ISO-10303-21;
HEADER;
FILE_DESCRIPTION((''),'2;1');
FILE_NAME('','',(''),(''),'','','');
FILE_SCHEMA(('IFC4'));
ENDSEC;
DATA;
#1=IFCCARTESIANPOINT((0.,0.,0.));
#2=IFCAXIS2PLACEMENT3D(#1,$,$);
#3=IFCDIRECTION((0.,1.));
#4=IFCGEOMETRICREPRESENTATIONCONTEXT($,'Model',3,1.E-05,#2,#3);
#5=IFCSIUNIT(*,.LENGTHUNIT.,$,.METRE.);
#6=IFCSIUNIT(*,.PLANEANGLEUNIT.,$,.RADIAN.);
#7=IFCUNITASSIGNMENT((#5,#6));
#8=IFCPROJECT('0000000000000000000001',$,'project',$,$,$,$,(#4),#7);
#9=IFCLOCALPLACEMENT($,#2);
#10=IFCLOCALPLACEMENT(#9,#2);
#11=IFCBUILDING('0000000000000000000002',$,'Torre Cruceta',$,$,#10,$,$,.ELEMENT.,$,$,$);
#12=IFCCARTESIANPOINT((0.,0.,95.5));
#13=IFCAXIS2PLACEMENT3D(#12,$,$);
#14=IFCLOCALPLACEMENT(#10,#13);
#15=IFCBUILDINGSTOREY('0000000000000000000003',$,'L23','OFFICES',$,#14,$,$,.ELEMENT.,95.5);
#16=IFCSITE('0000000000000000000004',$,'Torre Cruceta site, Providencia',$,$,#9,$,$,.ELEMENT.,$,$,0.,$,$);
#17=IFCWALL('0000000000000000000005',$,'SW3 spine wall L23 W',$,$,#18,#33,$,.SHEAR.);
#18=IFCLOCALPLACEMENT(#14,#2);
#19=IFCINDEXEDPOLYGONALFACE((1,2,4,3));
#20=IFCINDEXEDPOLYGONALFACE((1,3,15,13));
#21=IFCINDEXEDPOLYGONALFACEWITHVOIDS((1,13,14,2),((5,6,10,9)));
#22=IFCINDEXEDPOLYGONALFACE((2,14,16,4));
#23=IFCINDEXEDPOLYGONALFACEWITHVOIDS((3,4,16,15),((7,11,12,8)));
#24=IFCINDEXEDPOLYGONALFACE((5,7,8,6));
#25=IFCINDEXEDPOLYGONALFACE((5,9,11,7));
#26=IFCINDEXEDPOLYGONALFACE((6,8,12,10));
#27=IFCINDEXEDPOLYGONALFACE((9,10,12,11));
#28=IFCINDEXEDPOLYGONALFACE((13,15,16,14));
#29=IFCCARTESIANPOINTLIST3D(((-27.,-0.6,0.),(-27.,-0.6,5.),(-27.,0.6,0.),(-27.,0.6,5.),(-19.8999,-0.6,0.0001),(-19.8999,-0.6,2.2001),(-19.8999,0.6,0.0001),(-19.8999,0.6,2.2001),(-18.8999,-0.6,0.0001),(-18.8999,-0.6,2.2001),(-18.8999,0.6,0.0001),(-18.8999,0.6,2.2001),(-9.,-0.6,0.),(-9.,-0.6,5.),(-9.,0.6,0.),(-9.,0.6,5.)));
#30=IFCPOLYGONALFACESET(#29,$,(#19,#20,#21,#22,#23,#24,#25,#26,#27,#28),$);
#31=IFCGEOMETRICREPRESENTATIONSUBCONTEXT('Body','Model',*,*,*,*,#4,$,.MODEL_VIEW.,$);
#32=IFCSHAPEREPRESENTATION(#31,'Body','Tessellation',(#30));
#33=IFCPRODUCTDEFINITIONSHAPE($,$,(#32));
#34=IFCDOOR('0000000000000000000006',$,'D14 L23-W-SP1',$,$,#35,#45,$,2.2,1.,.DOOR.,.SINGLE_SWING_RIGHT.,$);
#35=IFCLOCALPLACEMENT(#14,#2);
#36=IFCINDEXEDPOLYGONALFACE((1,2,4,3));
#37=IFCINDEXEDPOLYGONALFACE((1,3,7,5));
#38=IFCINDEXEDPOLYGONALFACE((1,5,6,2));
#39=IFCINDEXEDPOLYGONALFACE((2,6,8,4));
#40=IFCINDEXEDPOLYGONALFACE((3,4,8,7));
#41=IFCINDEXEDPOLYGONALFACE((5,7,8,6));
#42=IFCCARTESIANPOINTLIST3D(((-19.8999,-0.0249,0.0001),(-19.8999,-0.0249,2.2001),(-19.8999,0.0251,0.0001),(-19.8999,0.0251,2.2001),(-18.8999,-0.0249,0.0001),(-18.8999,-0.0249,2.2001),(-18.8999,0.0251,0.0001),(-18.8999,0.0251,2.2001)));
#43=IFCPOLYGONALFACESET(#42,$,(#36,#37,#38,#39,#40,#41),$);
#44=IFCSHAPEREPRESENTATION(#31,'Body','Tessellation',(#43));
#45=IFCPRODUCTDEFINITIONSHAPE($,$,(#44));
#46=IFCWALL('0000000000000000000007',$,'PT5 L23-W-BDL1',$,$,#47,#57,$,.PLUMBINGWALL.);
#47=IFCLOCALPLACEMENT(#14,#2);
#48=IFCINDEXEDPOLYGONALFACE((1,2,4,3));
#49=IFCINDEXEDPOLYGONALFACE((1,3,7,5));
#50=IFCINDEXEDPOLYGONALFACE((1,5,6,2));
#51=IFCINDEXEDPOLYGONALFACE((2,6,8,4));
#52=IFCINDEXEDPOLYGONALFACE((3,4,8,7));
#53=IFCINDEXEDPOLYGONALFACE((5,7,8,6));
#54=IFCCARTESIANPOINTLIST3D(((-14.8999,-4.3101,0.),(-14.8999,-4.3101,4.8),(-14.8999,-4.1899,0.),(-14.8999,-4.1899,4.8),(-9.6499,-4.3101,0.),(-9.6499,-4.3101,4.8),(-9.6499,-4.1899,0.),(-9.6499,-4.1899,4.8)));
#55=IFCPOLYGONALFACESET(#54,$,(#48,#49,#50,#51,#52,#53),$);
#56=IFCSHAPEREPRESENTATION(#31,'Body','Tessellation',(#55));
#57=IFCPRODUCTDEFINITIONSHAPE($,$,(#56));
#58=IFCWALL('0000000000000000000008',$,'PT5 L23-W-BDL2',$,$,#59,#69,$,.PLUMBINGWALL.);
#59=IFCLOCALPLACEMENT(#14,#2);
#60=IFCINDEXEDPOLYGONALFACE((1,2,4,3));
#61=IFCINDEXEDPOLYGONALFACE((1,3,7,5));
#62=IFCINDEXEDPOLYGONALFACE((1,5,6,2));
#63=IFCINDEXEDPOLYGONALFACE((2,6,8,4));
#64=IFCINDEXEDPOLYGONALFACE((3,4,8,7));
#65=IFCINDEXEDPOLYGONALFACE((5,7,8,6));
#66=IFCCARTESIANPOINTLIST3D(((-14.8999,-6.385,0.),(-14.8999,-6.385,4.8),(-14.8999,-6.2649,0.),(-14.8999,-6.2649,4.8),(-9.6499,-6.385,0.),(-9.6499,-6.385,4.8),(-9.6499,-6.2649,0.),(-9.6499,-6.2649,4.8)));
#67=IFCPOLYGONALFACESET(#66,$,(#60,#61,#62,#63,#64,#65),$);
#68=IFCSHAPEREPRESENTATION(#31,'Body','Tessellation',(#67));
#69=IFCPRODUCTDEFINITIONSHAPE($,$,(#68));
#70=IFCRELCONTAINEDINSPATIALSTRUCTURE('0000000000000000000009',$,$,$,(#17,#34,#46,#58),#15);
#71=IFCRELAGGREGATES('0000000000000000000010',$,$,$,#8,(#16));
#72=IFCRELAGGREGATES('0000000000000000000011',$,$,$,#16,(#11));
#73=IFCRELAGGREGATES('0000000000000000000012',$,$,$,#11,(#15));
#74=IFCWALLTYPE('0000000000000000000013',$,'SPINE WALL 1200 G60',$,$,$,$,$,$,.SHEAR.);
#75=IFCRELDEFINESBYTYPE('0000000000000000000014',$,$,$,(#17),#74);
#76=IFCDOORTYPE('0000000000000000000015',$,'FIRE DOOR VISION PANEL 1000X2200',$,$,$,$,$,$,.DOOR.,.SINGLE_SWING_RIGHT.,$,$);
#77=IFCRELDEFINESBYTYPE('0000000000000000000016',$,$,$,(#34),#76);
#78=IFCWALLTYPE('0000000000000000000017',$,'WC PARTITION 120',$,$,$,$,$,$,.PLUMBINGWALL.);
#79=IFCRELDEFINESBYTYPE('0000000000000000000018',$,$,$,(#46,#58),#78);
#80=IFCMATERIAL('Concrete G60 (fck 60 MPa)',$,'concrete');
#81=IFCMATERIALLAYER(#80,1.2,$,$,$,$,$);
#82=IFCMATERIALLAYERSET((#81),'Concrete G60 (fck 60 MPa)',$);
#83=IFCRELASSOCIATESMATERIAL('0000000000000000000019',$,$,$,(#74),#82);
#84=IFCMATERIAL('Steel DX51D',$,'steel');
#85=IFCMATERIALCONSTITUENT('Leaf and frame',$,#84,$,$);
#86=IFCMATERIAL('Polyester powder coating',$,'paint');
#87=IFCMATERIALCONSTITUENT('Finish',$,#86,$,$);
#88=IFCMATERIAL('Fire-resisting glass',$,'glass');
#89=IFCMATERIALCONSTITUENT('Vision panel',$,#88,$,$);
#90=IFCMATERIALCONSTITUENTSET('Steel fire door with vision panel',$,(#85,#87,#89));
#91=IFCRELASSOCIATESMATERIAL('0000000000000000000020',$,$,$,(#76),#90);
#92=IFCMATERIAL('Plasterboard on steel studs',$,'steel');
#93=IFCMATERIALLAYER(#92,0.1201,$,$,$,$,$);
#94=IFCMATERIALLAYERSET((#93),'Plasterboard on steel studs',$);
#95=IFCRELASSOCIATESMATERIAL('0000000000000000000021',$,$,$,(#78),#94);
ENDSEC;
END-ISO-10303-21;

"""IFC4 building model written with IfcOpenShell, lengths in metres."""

from ifc_helpers import new_model, si_unit, direction, frame, frame_2d, origin, place, context, subcontext, project, spatial, rectangle, extrude, material, layer, layer_set, constituent, constituent_set, type_object, element, fill, save


model = new_model("IFC4")

# Units and contexts
model_context = context("Model", 3, precision=1e-05, world=origin(), true_north=direction((0.0, 1.0)))
body_context = subcontext(model_context, "Body", "Model", "MODEL_VIEW")
ifc_project = project(units=[si_unit("LENGTHUNIT", "METRE"), si_unit("PLANEANGLEUNIT", "RADIAN")], contexts=[model_context])

# Site, building, storey
site_placement = place(None, origin())
site = spatial("IfcSite", under=ifc_project, at=site_placement, Name="Torre Cruceta site, Providencia", CompositionType="ELEMENT", RefElevation=0.0)
building_placement = place(site_placement, origin())
building = spatial("IfcBuilding", under=site, at=building_placement, Name="Torre Cruceta", CompositionType="ELEMENT")
storey_placement = place(building_placement, frame((0.0, 0.0, 95.5)))
storey = spatial("IfcBuildingStorey", under=building, at=storey_placement, Name="L23", Description="OFFICES", CompositionType="ELEMENT", Elevation=95.5)

# Wall, opening, door
ifc_material_1 = material(Name="Concrete G60 (fck 60 MPa)", Category="concrete")
ifc_layer_1 = layer(ifc_material_1, 1.2)
ifc_layer_set_1 = layer_set([ifc_layer_1], Name="Concrete G60 (fck 60 MPa)")
wall_type_1 = type_object("IfcWallType", Name="SPINE WALL 1200 G60", PredefinedType="SHEAR", material=ifc_layer_set_1)
wall_1_placement = place(storey_placement, frame((-9.0, 0.0, 0.0), z_axis=(0.0, 0.0, 1.0), x_axis=(-1.0, 0.0, 0.0)))
wall_1 = element("IfcWall", 1, at=wall_1_placement, inside=storey, type_object=wall_type_1, Name="SW3 spine wall L23 W", PredefinedType="SHEAR", context=body_context, shape_type="SweptSolid", body=[
    extrude(rectangle(XDim=18.0, YDim=1.2, at=frame_2d((9.0, 0.0))), origin(), (0.0, 0.0, 1.0), 5.0),
])
opening_1_placement = place(wall_1_placement, frame((9.8999, 0.0, 0.0)))
opening_1 = element("IfcOpeningElement", 2, at=opening_1_placement, cuts=wall_1, PredefinedType="OPENING", context=body_context, shape_type="SweptSolid", body=[
    extrude(rectangle(XDim=1.0, YDim=2.2, at=frame_2d((0.5, 1.1001))), frame((0.0, 0.6099, 0.0), z_axis=(0.0, -1.0, 0.0), x_axis=(1.0, 0.0, 0.0)), (0.0, 0.0, 1.0), 1.22),
])
ifc_material_2 = material(Name="Steel DX51D", Category="steel")
ifc_constituent_1 = constituent(ifc_material_2, Name="Leaf and frame")
ifc_material_3 = material(Name="Polyester powder coating", Category="paint")
ifc_constituent_2 = constituent(ifc_material_3, Name="Finish")
ifc_material_4 = material(Name="Fire-resisting glass", Category="glass")
ifc_constituent_3 = constituent(ifc_material_4, Name="Vision panel")
ifc_constituent_set_1 = constituent_set(constituents=[ifc_constituent_1, ifc_constituent_2, ifc_constituent_3], Name="Steel fire door with vision panel")
door_type_1 = type_object("IfcDoorType", Name="FIRE DOOR VISION PANEL 1000X2200", OperationType="SINGLE_SWING_RIGHT", PredefinedType="DOOR", material=ifc_constituent_set_1)
door_1_placement = place(opening_1_placement, origin())
door_1 = element("IfcDoor", 3, at=door_1_placement, inside=storey, type_object=door_type_1, Name="D14 L23-W-SP1", OperationType="SINGLE_SWING_RIGHT", OverallHeight=2.2, OverallWidth=1.0, PredefinedType="DOOR", context=body_context, shape_type="SweptSolid", body=[
    extrude(rectangle(XDim=1.0, YDim=2.2, at=frame_2d((0.5, 1.1001))), frame((0.0, 0.0249, 0.0), z_axis=(0.0, -1.0, 0.0), x_axis=(1.0, 0.0, 0.0)), (0.0, 0.0, 1.0), 0.05),
])
fill(opening_1, door_1)

# Walls
ifc_material_5 = material(Name="Plasterboard on steel studs", Category="steel")
ifc_layer_2 = layer(ifc_material_5, 0.1201)
ifc_layer_set_2 = layer_set([ifc_layer_2], Name="Plasterboard on steel studs")
wall_type_2 = type_object("IfcWallType", Name="WC PARTITION 120", PredefinedType="PLUMBINGWALL", material=ifc_layer_set_2)
for number, where, z_axis, x_axis, name in (
    (4, (-9.6499, -4.25, 0.0), (0.0, 0.0, 1.0), (-1.0, 0.0, 0.0), "PT5 L23-W-BDL1"),
    (5, (-9.6499, -6.325, 0.0), (0.0, 0.0, 1.0), (-1.0, 0.0, 0.0), "PT5 L23-W-BDL2"),
):
    element("IfcWall", number, at=place(storey_placement, frame(where, z_axis=z_axis, x_axis=x_axis)), inside=storey, type_object=wall_type_2, Name=name, PredefinedType="PLUMBINGWALL", context=body_context, shape_type="SweptSolid", body=[
        extrude(rectangle(XDim=5.25, YDim=0.1201, at=frame_2d((2.625, 0.0))), origin(), (0.0, 0.0, 1.0), 4.8),
    ])

save(model, "model.ifc")
